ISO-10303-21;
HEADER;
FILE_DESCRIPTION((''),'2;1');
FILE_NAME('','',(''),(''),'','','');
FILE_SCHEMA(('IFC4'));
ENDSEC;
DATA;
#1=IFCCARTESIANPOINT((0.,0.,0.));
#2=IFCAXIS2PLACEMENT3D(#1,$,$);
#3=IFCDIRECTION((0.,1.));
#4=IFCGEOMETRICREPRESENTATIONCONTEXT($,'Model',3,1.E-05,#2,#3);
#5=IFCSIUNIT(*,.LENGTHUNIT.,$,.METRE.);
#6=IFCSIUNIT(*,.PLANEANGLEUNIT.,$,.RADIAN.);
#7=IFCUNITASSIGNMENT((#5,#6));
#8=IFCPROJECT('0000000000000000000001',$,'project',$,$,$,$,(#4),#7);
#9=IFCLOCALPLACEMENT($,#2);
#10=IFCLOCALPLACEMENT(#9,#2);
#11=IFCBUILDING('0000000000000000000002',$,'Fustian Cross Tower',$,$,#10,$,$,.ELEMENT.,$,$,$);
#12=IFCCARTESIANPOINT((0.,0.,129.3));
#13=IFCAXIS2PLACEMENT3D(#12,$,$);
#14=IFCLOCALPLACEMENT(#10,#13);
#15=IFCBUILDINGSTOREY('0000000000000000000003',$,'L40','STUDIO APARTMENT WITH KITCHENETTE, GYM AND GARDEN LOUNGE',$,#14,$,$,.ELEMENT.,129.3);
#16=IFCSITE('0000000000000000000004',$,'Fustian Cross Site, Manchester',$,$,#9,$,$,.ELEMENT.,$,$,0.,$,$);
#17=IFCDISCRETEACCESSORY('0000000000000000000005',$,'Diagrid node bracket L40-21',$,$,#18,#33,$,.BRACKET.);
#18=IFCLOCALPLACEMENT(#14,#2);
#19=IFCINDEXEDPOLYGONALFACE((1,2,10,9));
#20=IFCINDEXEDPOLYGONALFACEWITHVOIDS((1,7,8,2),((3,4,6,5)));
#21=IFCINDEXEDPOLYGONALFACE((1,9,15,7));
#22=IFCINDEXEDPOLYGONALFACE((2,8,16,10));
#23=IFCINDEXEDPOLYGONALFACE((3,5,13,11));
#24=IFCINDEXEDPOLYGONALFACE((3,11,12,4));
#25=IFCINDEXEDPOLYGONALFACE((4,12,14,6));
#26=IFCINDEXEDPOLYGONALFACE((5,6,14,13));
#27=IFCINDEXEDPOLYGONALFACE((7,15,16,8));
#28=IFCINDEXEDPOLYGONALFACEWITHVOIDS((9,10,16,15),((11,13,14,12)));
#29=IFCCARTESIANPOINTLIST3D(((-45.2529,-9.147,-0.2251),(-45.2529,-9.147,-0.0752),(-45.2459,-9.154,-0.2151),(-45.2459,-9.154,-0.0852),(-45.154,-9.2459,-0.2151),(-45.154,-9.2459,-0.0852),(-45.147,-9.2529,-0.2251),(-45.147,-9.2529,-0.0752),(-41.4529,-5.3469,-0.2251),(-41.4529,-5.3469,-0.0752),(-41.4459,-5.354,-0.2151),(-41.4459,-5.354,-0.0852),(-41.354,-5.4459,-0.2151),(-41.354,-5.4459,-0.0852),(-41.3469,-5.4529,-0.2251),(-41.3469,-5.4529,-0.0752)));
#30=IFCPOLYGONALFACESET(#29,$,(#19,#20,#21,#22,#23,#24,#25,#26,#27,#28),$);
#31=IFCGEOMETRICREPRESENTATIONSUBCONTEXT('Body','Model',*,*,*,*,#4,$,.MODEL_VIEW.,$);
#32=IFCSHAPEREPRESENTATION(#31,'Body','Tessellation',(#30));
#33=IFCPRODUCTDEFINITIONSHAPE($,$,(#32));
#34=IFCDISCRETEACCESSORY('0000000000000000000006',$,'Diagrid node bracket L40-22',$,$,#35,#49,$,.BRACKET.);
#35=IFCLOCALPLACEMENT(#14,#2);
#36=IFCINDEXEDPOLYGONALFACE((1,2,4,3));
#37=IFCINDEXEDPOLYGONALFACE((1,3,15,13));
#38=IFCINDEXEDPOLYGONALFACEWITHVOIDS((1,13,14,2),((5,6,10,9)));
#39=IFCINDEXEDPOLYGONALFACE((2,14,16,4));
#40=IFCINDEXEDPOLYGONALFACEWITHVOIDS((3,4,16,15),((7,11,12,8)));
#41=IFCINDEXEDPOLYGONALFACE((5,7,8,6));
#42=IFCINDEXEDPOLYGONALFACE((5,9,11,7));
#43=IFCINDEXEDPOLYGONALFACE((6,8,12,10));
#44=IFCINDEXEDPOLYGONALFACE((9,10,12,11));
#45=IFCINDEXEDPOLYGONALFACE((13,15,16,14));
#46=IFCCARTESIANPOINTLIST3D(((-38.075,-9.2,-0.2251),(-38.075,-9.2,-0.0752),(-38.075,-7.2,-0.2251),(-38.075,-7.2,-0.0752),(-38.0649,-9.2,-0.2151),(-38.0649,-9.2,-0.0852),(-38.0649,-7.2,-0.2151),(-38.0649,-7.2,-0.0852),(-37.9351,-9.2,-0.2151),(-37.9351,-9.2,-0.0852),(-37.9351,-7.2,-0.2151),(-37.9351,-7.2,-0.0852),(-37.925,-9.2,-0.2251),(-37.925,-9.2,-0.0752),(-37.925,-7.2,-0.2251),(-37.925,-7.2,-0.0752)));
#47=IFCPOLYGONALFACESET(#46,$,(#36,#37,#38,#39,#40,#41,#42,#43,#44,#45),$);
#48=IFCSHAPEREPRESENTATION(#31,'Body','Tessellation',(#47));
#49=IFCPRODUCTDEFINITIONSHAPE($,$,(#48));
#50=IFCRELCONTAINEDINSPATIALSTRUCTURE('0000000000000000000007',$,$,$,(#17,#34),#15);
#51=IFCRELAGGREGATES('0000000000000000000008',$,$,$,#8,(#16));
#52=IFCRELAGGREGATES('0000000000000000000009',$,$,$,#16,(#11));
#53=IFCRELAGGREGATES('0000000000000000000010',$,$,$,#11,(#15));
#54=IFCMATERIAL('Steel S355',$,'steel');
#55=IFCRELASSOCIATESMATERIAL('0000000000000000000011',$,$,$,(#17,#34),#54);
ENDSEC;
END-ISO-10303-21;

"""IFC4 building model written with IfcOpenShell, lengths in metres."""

from ifc_helpers import new_model, si_unit, direction, frame, origin, origin_2d, place, context, subcontext, project, spatial, hollow_rectangle, extrude, material, element, save


model = new_model("IFC4")

# Units and contexts
model_context = context("Model", 3, precision=1e-05, world=origin(), true_north=direction((0.0, 1.0)))
body_context = subcontext(model_context, "Body", "Model", "MODEL_VIEW")
ifc_project = project(units=[si_unit("LENGTHUNIT", "METRE"), si_unit("PLANEANGLEUNIT", "RADIAN")], contexts=[model_context])

# Site, building, storey
site_placement = place(None, origin())
site = spatial("IfcSite", under=ifc_project, at=site_placement, Name="Fustian Cross Site, Manchester", CompositionType="ELEMENT", RefElevation=0.0)
building_placement = place(site_placement, origin())
building = spatial("IfcBuilding", under=site, at=building_placement, Name="Fustian Cross Tower", CompositionType="ELEMENT")
storey_placement = place(building_placement, frame((0.0, 0.0, 129.3)))
storey = spatial("IfcBuildingStorey", under=building, at=storey_placement, Name="L40", Description="STUDIO APARTMENT WITH KITCHENETTE, GYM AND GARDEN LOUNGE", CompositionType="ELEMENT", Elevation=129.3)

# Discrete accessories
ifc_material_1 = material(Name="Steel S355", Category="steel")
discrete_accessory_1_placement = place(storey_placement, frame((-45.2, -9.2, -0.1501), z_axis=(0.707107, 0.707107, 0.0), x_axis=(-0.707107, 0.707107, 0.0)))
element("IfcDiscreteAccessory", 1, at=discrete_accessory_1_placement, inside=storey, material=ifc_material_1, Name="Diagrid node bracket L40-21", PredefinedType="BRACKET", context=body_context, shape_type="SweptSolid", body=[
    extrude(hollow_rectangle(XDim=0.1499, YDim=0.1499, WallThickness=0.01, at=origin_2d()), origin(), (0.0, 0.0, 1.0), 5.374),
])
discrete_accessory_2_placement = place(storey_placement, frame((-38.0, -9.2, -0.1501), z_axis=(0.0, 1.0, 0.0), x_axis=(-1.0, 0.0, 0.0)))
element("IfcDiscreteAccessory", 2, at=discrete_accessory_2_placement, inside=storey, material=ifc_material_1, Name="Diagrid node bracket L40-22", PredefinedType="BRACKET", context=body_context, shape_type="SweptSolid", body=[
    extrude(hollow_rectangle(XDim=0.1499, YDim=0.1499, WallThickness=0.01, at=origin_2d()), origin(), (0.0, 0.0, 1.0), 2.0),
])

save(model, "model.ifc")
